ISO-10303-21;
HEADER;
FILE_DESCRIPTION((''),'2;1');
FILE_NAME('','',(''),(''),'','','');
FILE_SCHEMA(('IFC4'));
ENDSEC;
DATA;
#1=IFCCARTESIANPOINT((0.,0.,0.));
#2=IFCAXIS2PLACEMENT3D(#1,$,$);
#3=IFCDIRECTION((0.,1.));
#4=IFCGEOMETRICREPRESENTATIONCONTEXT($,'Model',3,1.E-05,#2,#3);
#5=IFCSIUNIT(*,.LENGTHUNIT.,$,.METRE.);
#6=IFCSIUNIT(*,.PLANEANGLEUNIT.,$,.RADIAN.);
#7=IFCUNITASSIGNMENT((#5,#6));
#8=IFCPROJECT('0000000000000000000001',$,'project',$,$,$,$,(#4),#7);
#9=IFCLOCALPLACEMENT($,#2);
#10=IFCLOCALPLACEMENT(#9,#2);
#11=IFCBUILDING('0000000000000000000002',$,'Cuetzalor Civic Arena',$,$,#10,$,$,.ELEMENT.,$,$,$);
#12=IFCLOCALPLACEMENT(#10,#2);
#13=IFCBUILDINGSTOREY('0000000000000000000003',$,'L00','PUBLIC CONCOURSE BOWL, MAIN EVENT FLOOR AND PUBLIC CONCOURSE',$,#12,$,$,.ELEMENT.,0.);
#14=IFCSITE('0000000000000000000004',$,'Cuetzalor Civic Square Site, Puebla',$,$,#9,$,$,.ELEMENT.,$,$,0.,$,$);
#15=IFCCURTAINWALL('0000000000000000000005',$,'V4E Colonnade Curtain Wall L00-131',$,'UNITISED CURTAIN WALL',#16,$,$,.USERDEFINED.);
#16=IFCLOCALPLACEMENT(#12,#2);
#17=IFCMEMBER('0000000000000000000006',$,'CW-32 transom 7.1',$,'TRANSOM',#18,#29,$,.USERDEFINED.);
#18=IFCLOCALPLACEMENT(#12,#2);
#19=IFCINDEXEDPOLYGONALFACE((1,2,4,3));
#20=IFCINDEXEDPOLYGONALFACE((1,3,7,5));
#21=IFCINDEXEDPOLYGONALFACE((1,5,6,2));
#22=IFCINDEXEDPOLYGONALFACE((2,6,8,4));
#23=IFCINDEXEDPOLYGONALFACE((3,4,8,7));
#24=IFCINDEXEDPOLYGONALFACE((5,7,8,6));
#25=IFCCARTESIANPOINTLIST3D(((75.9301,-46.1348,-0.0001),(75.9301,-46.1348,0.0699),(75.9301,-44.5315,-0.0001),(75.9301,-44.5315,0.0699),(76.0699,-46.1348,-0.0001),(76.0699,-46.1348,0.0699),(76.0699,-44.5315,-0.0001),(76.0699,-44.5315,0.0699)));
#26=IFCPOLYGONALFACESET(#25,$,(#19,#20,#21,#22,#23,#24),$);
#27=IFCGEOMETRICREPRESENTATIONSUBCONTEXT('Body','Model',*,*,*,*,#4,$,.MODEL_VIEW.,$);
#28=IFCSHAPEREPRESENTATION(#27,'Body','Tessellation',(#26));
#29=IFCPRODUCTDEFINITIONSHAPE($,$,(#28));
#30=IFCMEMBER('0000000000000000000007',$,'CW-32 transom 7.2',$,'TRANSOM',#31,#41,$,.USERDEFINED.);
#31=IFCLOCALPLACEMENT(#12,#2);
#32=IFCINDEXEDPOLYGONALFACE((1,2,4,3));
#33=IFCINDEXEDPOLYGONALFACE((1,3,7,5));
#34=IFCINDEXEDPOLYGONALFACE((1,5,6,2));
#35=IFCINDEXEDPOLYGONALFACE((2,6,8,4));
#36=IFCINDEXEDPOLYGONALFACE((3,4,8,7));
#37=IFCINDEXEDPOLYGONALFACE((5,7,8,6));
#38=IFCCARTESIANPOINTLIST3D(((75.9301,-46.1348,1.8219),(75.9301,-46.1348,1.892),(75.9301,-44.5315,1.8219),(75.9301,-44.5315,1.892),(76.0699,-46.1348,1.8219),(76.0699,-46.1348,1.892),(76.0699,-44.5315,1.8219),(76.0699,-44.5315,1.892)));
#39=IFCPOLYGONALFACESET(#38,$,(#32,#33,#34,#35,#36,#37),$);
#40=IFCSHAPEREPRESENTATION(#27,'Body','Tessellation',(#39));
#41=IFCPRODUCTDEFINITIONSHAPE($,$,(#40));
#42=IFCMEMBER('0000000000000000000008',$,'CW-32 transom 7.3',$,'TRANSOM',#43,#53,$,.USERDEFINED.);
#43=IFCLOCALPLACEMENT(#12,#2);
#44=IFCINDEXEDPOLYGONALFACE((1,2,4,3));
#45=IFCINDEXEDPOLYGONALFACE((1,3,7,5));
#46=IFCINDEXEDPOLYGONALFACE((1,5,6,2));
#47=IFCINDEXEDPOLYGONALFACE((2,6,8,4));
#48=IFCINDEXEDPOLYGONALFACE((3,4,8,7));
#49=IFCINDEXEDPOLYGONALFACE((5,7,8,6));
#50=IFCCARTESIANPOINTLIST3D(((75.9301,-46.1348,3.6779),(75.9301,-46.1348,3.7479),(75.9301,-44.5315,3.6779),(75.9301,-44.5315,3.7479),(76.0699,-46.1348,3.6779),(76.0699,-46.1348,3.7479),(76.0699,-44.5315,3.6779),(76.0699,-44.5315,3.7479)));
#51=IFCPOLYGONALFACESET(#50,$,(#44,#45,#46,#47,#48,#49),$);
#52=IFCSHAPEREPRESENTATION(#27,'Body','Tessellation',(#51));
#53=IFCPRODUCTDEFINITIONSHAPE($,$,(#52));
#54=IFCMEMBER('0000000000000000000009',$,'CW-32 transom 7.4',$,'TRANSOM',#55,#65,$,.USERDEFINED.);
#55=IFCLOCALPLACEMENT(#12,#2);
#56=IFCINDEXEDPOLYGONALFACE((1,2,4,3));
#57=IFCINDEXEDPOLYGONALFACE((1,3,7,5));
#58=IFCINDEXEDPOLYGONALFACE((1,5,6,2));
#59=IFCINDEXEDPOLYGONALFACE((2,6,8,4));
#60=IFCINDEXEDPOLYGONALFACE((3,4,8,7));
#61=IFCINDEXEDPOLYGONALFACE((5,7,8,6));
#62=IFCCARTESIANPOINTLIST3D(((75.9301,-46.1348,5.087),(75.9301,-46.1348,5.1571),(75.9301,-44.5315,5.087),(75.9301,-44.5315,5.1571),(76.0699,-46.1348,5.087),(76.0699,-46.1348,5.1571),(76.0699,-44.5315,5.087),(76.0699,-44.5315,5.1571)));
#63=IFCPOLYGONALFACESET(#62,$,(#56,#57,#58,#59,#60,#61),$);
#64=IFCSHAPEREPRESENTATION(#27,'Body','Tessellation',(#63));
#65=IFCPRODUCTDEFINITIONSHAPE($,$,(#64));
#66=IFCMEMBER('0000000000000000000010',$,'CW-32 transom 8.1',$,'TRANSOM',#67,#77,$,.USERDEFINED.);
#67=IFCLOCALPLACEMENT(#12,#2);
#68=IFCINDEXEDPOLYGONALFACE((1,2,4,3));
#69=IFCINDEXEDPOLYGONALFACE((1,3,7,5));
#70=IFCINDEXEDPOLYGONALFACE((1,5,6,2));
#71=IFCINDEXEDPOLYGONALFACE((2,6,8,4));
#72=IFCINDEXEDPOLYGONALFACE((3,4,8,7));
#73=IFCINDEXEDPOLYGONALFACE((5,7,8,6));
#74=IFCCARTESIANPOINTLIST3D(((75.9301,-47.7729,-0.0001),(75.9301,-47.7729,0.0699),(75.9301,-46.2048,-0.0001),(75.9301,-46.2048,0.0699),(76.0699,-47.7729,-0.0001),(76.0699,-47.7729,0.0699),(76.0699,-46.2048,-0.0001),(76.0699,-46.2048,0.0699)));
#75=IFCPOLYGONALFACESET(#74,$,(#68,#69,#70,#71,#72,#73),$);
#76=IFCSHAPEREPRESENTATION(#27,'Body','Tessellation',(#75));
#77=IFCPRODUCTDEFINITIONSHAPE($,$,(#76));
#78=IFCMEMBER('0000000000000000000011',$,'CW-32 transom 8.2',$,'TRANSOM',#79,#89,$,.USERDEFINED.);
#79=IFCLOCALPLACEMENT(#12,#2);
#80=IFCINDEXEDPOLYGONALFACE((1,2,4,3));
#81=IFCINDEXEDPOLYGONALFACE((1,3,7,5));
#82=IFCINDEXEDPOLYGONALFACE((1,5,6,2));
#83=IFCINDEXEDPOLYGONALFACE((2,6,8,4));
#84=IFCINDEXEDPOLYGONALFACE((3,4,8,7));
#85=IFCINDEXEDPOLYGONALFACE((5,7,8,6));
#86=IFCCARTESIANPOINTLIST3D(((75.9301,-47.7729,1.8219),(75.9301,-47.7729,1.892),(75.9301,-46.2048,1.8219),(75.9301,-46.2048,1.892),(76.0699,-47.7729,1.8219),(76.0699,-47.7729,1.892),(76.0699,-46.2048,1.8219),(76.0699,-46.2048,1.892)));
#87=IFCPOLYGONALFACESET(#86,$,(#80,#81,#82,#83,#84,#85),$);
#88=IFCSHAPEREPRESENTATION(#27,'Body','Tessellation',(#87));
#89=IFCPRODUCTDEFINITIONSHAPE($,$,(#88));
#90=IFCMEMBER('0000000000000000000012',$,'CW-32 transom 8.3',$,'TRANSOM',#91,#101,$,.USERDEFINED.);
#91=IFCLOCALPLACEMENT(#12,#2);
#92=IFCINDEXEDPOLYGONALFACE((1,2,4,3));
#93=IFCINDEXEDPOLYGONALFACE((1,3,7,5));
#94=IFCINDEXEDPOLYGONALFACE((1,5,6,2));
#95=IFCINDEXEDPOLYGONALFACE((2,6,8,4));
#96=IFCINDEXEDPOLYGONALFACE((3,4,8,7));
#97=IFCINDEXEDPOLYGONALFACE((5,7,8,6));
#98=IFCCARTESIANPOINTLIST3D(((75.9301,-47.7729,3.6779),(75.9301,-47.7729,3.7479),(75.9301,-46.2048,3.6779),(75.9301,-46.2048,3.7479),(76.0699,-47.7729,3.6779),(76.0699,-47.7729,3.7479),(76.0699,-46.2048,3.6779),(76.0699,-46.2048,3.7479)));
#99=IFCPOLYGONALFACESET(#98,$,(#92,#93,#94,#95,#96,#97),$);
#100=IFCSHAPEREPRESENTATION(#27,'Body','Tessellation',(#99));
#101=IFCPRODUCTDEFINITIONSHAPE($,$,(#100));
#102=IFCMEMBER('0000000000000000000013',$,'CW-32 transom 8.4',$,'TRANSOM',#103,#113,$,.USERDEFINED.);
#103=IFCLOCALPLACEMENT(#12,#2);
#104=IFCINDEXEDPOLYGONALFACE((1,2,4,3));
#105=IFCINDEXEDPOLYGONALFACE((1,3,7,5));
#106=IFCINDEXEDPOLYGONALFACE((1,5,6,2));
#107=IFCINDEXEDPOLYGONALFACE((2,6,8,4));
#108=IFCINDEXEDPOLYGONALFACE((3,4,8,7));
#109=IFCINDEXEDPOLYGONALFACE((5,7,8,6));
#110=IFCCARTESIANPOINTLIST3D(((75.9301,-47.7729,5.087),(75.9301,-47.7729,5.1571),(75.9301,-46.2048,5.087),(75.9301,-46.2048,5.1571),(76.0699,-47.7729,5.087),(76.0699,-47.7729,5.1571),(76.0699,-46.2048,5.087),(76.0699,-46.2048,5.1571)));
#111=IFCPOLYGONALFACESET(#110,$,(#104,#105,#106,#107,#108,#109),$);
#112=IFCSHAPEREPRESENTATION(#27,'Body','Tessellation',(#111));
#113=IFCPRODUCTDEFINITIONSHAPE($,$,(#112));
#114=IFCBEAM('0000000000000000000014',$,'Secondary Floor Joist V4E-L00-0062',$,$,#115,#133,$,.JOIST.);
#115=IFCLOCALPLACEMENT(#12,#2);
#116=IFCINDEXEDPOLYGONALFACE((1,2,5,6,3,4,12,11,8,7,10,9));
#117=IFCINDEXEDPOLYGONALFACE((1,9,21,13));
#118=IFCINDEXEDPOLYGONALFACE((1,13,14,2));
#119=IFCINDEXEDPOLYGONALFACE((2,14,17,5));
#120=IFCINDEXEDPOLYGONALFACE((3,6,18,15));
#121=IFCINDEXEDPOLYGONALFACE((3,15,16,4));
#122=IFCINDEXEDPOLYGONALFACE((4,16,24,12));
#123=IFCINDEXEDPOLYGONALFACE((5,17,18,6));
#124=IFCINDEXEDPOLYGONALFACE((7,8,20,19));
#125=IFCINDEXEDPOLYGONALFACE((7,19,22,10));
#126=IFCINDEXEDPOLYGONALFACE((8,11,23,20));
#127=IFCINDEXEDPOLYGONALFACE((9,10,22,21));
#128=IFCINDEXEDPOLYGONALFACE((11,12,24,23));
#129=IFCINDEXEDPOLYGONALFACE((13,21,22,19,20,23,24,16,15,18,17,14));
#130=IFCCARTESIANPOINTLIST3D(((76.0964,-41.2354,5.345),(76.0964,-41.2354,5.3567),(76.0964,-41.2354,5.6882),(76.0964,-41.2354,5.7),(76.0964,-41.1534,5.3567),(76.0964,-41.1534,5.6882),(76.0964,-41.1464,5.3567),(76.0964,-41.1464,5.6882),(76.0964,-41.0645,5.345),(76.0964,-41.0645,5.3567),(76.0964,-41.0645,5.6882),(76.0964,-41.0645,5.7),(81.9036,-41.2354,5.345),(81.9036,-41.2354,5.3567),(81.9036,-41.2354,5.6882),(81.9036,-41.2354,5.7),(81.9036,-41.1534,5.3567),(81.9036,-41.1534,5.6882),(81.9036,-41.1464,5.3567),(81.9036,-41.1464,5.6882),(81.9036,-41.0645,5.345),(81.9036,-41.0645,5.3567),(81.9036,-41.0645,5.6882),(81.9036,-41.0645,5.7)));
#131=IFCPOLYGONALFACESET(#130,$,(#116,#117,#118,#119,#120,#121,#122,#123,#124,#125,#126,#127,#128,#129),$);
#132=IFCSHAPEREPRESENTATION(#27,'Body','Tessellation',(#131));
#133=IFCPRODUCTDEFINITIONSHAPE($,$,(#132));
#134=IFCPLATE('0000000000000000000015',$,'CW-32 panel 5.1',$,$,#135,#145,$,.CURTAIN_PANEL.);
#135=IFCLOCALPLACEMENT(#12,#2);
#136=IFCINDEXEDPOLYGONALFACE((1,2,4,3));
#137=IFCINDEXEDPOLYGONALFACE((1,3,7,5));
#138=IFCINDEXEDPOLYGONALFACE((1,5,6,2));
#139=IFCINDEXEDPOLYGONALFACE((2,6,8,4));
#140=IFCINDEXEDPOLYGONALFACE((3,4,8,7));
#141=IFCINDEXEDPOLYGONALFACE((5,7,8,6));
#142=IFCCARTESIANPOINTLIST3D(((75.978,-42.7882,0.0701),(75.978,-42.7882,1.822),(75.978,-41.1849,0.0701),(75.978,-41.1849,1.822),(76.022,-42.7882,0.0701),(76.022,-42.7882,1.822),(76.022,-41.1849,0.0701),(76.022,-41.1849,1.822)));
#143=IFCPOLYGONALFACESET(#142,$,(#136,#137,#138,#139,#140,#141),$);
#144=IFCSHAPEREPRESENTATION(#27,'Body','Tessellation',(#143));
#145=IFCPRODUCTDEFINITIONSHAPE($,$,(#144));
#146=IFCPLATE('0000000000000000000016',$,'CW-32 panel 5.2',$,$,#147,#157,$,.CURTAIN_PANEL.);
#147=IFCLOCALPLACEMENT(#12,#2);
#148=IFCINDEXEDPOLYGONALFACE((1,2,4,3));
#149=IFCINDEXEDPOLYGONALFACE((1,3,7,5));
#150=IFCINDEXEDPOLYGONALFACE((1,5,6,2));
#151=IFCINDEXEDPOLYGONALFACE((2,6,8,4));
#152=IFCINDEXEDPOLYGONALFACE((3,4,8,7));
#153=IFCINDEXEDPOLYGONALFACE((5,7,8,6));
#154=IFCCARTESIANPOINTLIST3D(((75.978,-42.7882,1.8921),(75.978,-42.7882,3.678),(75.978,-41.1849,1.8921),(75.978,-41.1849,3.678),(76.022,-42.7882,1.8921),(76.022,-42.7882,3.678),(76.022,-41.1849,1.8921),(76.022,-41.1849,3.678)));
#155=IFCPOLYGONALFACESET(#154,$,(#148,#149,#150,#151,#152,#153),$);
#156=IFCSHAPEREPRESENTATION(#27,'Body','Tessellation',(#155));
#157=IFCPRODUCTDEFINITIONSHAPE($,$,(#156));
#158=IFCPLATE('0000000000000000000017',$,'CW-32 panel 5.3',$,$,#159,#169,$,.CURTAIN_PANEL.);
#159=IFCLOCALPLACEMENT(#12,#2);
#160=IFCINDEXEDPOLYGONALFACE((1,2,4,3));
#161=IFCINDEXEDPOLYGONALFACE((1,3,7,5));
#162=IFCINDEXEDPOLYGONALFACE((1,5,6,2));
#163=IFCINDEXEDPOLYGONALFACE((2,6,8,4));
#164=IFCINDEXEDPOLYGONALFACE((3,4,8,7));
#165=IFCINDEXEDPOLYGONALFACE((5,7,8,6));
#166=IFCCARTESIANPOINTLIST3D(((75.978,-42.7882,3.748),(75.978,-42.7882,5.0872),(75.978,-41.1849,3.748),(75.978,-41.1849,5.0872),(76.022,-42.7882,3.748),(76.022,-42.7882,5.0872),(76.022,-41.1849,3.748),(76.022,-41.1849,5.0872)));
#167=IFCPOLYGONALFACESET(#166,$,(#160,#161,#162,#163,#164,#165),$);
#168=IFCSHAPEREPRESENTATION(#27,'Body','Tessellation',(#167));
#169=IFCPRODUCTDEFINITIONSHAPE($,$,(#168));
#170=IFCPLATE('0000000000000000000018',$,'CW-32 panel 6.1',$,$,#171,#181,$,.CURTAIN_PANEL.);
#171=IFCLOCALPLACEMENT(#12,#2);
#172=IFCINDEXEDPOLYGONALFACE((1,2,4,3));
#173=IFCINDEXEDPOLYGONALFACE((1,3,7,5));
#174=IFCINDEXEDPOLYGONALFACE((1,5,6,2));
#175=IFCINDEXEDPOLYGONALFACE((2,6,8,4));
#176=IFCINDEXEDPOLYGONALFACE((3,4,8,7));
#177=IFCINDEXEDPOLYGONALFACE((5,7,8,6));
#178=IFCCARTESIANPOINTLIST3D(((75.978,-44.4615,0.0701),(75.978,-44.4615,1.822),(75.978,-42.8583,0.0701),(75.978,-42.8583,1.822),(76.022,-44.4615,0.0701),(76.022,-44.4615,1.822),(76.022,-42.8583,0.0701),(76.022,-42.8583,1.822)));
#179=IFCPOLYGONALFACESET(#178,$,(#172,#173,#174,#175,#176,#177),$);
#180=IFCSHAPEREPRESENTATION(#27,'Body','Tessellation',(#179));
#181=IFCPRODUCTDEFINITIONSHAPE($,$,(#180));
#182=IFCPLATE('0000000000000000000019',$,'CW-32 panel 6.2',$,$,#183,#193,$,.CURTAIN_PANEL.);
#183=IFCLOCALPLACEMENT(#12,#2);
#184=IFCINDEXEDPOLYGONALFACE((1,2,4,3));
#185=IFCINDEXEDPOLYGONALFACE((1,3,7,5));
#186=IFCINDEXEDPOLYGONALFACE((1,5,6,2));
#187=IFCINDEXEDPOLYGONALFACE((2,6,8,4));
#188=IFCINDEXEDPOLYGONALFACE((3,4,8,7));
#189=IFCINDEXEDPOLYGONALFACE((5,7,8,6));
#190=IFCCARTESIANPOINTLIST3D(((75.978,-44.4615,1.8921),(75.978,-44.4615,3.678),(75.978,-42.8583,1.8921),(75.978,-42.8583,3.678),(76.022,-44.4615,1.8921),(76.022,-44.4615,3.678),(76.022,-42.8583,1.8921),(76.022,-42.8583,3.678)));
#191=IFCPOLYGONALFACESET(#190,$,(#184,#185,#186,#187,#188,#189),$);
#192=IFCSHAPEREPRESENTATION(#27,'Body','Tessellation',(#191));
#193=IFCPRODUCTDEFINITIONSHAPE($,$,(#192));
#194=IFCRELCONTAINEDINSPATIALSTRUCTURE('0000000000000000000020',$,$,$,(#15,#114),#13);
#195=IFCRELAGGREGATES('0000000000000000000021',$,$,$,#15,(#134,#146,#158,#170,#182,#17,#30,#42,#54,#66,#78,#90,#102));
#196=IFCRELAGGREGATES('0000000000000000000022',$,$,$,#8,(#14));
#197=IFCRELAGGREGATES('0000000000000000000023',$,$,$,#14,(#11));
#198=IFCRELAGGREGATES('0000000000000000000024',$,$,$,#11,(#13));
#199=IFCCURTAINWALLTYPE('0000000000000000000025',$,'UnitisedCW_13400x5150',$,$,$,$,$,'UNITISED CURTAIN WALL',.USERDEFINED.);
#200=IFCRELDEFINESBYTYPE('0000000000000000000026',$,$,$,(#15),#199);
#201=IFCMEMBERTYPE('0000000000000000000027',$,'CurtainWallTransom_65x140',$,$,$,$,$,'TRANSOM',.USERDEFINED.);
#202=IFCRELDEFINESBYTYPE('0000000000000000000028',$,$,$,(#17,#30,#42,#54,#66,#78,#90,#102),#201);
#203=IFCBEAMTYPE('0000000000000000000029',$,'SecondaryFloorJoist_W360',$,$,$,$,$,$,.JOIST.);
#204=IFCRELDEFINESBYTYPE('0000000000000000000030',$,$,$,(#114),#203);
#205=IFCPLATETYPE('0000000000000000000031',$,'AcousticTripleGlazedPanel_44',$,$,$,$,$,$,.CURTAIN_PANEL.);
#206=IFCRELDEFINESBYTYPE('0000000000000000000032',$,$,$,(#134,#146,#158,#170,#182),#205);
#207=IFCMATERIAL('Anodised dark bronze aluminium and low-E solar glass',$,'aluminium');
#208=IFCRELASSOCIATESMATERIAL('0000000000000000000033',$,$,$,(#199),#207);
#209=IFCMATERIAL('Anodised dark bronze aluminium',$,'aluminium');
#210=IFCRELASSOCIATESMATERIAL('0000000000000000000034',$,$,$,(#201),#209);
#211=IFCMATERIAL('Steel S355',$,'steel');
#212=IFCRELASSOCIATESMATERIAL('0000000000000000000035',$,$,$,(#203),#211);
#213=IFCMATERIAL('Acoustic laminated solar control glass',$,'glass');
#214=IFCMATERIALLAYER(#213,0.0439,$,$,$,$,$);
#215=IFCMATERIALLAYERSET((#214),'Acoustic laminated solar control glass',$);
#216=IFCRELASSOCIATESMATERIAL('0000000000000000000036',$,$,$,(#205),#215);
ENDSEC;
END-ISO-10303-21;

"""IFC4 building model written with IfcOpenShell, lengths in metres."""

from ifc_helpers import new_model, si_unit, direction, frame, origin, origin_2d, place, context, subcontext, project, spatial, rectangle, i_section, extrude, material, layer, layer_set, material_profile, profile_set, type_object, element, aggregate, save


model = new_model("IFC4")

# Units and contexts
model_context = context("Model", 3, precision=1e-05, world=origin(), true_north=direction((0.0, 1.0)))
body_context = subcontext(model_context, "Body", "Model", "MODEL_VIEW")
ifc_project = project(units=[si_unit("LENGTHUNIT", "METRE"), si_unit("PLANEANGLEUNIT", "RADIAN")], contexts=[model_context])

# Site, building, storey
site_placement = place(None, origin())
site = spatial("IfcSite", under=ifc_project, at=site_placement, Name="Cuetzalor Civic Square Site, Puebla", CompositionType="ELEMENT", RefElevation=0.0)
building_placement = place(site_placement, origin())
building = spatial("IfcBuilding", under=site, at=building_placement, Name="Cuetzalor Civic Arena", CompositionType="ELEMENT")
storey_placement = place(building_placement, origin())
storey = spatial("IfcBuildingStorey", under=building, at=storey_placement, Name="L00", Description="PUBLIC CONCOURSE BOWL, MAIN EVENT FLOOR AND PUBLIC CONCOURSE", CompositionType="ELEMENT", Elevation=0.0)

# Curtain wall, members
ifc_material_1 = material(Name="Anodised dark bronze aluminium and low-E solar glass", Category="aluminium")
curtain_wall_type = type_object("IfcCurtainWallType", Name="UnitisedCW_13400x5150", ElementType="UNITISED CURTAIN WALL", PredefinedType="USERDEFINED", material=ifc_material_1)
curtain_wall_placement = place(storey_placement, origin())
curtain_wall = element("IfcCurtainWall", 1, at=curtain_wall_placement, inside=storey, type_object=curtain_wall_type, Name="V4E Colonnade Curtain Wall L00-131", ObjectType="UNITISED CURTAIN WALL", PredefinedType="USERDEFINED")
ifc_material_2 = material(Name="Anodised dark bronze aluminium", Category="aluminium")
ifc_material_profile_1 = material_profile(ifc_material_2, rectangle(XDim=0.1399, YDim=0.0701, at=origin_2d()), Name="ALU TRANSOM 70x140")
ifc_profile_set_1 = profile_set([ifc_material_profile_1], Name="Anodised dark bronze aluminium")
member_type_1 = type_object("IfcMemberType", Name="CurtainWallTransom_65x140", ElementType="TRANSOM", PredefinedType="USERDEFINED", material=ifc_profile_set_1)
member_1_placement = place(storey_placement, frame((76.0, -44.5315, 0.0349), z_axis=(0.0, -1.0, 0.0), x_axis=(1.0, 0.0, 0.0)))
member_1 = element("IfcMember", 2, at=member_1_placement, type_object=member_type_1, Name="CW-32 transom 7.1", ObjectType="TRANSOM", PredefinedType="USERDEFINED", context=body_context, shape_type="SweptSolid", body=[
    extrude(rectangle(XDim=0.1399, YDim=0.0701, at=origin_2d()), origin(), (0.0, 0.0, 1.0), 1.6033),
])
member_2_placement = place(storey_placement, frame((76.0, -44.5315, 1.8569), z_axis=(0.0, -1.0, 0.0), x_axis=(1.0, 0.0, 0.0)))
member_2 = element("IfcMember", 3, at=member_2_placement, type_object=member_type_1, Name="CW-32 transom 7.2", ObjectType="TRANSOM", PredefinedType="USERDEFINED", context=body_context, shape_type="SweptSolid", body=[
    extrude(rectangle(XDim=0.1399, YDim=0.0701, at=origin_2d()), origin(), (0.0, 0.0, 1.0), 1.6033),
])
member_3_placement = place(storey_placement, frame((76.0, -44.5315, 3.7129), z_axis=(0.0, -1.0, 0.0), x_axis=(1.0, 0.0, 0.0)))
member_3 = element("IfcMember", 4, at=member_3_placement, type_object=member_type_1, Name="CW-32 transom 7.3", ObjectType="TRANSOM", PredefinedType="USERDEFINED", context=body_context, shape_type="SweptSolid", body=[
    extrude(rectangle(XDim=0.1399, YDim=0.0701, at=origin_2d()), origin(), (0.0, 0.0, 1.0), 1.6033),
])
member_4_placement = place(storey_placement, frame((76.0, -44.5315, 5.1221), z_axis=(0.0, -1.0, 0.0), x_axis=(1.0, 0.0, 0.0)))
member_4 = element("IfcMember", 5, at=member_4_placement, type_object=member_type_1, Name="CW-32 transom 7.4", ObjectType="TRANSOM", PredefinedType="USERDEFINED", context=body_context, shape_type="SweptSolid", body=[
    extrude(rectangle(XDim=0.1399, YDim=0.0701, at=origin_2d()), origin(), (0.0, 0.0, 1.0), 1.6033),
])
member_5_placement = place(storey_placement, frame((76.0, -46.2048, 0.0349), z_axis=(0.0, -1.0, 0.0), x_axis=(1.0, 0.0, 0.0)))
member_5 = element("IfcMember", 6, at=member_5_placement, type_object=member_type_1, Name="CW-32 transom 8.1", ObjectType="TRANSOM", PredefinedType="USERDEFINED", context=body_context, shape_type="SweptSolid", body=[
    extrude(rectangle(XDim=0.1399, YDim=0.0701, at=origin_2d()), origin(), (0.0, 0.0, 1.0), 1.5681),
])
member_6_placement = place(storey_placement, frame((76.0, -46.2048, 1.8569), z_axis=(0.0, -1.0, 0.0), x_axis=(1.0, 0.0, 0.0)))
member_6 = element("IfcMember", 7, at=member_6_placement, type_object=member_type_1, Name="CW-32 transom 8.2", ObjectType="TRANSOM", PredefinedType="USERDEFINED", context=body_context, shape_type="SweptSolid", body=[
    extrude(rectangle(XDim=0.1399, YDim=0.0701, at=origin_2d()), origin(), (0.0, 0.0, 1.0), 1.5681),
])
member_7_placement = place(storey_placement, frame((76.0, -46.2048, 3.7129), z_axis=(0.0, -1.0, 0.0), x_axis=(1.0, 0.0, 0.0)))
member_7 = element("IfcMember", 8, at=member_7_placement, type_object=member_type_1, Name="CW-32 transom 8.3", ObjectType="TRANSOM", PredefinedType="USERDEFINED", context=body_context, shape_type="SweptSolid", body=[
    extrude(rectangle(XDim=0.1399, YDim=0.0701, at=origin_2d()), origin(), (0.0, 0.0, 1.0), 1.5681),
])
member_8_placement = place(storey_placement, frame((76.0, -46.2048, 5.1221), z_axis=(0.0, -1.0, 0.0), x_axis=(1.0, 0.0, 0.0)))
member_8 = element("IfcMember", 9, at=member_8_placement, type_object=member_type_1, Name="CW-32 transom 8.4", ObjectType="TRANSOM", PredefinedType="USERDEFINED", context=body_context, shape_type="SweptSolid", body=[
    extrude(rectangle(XDim=0.1399, YDim=0.0701, at=origin_2d()), origin(), (0.0, 0.0, 1.0), 1.5681),
])

# Beam
ifc_material_3 = material(Name="Steel S355", Category="steel")
ifc_material_profile_2 = material_profile(ifc_material_3, i_section(OverallWidth=0.1709, OverallDepth=0.355, WebThickness=0.0071, FlangeThickness=0.0117, at=origin_2d()), Name="W360x51")
ifc_profile_set_2 = profile_set([ifc_material_profile_2], Name="Steel S355")
beam_type = type_object("IfcBeamType", Name="SecondaryFloorJoist_W360", PredefinedType="JOIST", material=ifc_profile_set_2)
beam_placement = place(storey_placement, frame((76.0964, -41.1499, 5.5225), z_axis=(1.0, 0.0, 0.0), x_axis=(0.0, 1.0, 0.0)))
element("IfcBeam", 10, at=beam_placement, inside=storey, type_object=beam_type, Name="Secondary Floor Joist V4E-L00-0062", PredefinedType="JOIST", context=body_context, shape_type="SweptSolid", body=[
    extrude(i_section(OverallWidth=0.1709, OverallDepth=0.355, WebThickness=0.0071, FlangeThickness=0.0117, at=origin_2d()), origin(), (0.0, 0.0, 1.0), 5.8071),
])

# Plates
ifc_material_4 = material(Name="Acoustic laminated solar control glass", Category="glass")
ifc_layer_1 = layer(ifc_material_4, 0.0439)
ifc_layer_set_1 = layer_set([ifc_layer_1], Name="Acoustic laminated solar control glass")
plate_type = type_object("IfcPlateType", Name="AcousticTripleGlazedPanel_44", PredefinedType="CURTAIN_PANEL", material=ifc_layer_set_1)
plate_1_placement = place(storey_placement, frame((76.0, -41.9866, 0.0701), z_axis=(0.0, 0.0, 1.0), x_axis=(0.0, -1.0, 0.0)))
plate_1 = element("IfcPlate", 11, at=plate_1_placement, type_object=plate_type, Name="CW-32 panel 5.1", PredefinedType="CURTAIN_PANEL", context=body_context, shape_type="SweptSolid", body=[
    extrude(rectangle(XDim=1.6033, YDim=0.0439, at=origin_2d()), origin(), (0.0, 0.0, 1.0), 1.752),
])
plate_2_placement = place(storey_placement, frame((76.0, -41.9866, 1.8921), z_axis=(0.0, 0.0, 1.0), x_axis=(0.0, -1.0, 0.0)))
plate_2 = element("IfcPlate", 12, at=plate_2_placement, type_object=plate_type, Name="CW-32 panel 5.2", PredefinedType="CURTAIN_PANEL", context=body_context, shape_type="SweptSolid", body=[
    extrude(rectangle(XDim=1.6033, YDim=0.0439, at=origin_2d()), origin(), (0.0, 0.0, 1.0), 1.7859),
])
plate_3_placement = place(storey_placement, frame((76.0, -41.9866, 3.748), z_axis=(0.0, 0.0, 1.0), x_axis=(0.0, -1.0, 0.0)))
plate_3 = element("IfcPlate", 13, at=plate_3_placement, type_object=plate_type, Name="CW-32 panel 5.3", PredefinedType="CURTAIN_PANEL", context=body_context, shape_type="SweptSolid", body=[
    extrude(rectangle(XDim=1.6033, YDim=0.0439, at=origin_2d()), origin(), (0.0, 0.0, 1.0), 1.3391),
])
plate_4_placement = place(storey_placement, frame((76.0, -43.6599, 0.0701), z_axis=(0.0, 0.0, 1.0), x_axis=(0.0, -1.0, 0.0)))
plate_4 = element("IfcPlate", 14, at=plate_4_placement, type_object=plate_type, Name="CW-32 panel 6.1", PredefinedType="CURTAIN_PANEL", context=body_context, shape_type="SweptSolid", body=[
    extrude(rectangle(XDim=1.6033, YDim=0.0439, at=origin_2d()), origin(), (0.0, 0.0, 1.0), 1.752),
])
plate_5_placement = place(storey_placement, frame((76.0, -43.6599, 1.8921), z_axis=(0.0, 0.0, 1.0), x_axis=(0.0, -1.0, 0.0)))
plate_5 = element("IfcPlate", 15, at=plate_5_placement, type_object=plate_type, Name="CW-32 panel 6.2", PredefinedType="CURTAIN_PANEL", context=body_context, shape_type="SweptSolid", body=[
    extrude(rectangle(XDim=1.6033, YDim=0.0439, at=origin_2d()), origin(), (0.0, 0.0, 1.0), 1.7859),
])
aggregate(curtain_wall, [plate_1, plate_2, plate_3, plate_4, plate_5, member_1, member_2, member_3, member_4, member_5, member_6, member_7, member_8])

save(model, "model.ifc")
